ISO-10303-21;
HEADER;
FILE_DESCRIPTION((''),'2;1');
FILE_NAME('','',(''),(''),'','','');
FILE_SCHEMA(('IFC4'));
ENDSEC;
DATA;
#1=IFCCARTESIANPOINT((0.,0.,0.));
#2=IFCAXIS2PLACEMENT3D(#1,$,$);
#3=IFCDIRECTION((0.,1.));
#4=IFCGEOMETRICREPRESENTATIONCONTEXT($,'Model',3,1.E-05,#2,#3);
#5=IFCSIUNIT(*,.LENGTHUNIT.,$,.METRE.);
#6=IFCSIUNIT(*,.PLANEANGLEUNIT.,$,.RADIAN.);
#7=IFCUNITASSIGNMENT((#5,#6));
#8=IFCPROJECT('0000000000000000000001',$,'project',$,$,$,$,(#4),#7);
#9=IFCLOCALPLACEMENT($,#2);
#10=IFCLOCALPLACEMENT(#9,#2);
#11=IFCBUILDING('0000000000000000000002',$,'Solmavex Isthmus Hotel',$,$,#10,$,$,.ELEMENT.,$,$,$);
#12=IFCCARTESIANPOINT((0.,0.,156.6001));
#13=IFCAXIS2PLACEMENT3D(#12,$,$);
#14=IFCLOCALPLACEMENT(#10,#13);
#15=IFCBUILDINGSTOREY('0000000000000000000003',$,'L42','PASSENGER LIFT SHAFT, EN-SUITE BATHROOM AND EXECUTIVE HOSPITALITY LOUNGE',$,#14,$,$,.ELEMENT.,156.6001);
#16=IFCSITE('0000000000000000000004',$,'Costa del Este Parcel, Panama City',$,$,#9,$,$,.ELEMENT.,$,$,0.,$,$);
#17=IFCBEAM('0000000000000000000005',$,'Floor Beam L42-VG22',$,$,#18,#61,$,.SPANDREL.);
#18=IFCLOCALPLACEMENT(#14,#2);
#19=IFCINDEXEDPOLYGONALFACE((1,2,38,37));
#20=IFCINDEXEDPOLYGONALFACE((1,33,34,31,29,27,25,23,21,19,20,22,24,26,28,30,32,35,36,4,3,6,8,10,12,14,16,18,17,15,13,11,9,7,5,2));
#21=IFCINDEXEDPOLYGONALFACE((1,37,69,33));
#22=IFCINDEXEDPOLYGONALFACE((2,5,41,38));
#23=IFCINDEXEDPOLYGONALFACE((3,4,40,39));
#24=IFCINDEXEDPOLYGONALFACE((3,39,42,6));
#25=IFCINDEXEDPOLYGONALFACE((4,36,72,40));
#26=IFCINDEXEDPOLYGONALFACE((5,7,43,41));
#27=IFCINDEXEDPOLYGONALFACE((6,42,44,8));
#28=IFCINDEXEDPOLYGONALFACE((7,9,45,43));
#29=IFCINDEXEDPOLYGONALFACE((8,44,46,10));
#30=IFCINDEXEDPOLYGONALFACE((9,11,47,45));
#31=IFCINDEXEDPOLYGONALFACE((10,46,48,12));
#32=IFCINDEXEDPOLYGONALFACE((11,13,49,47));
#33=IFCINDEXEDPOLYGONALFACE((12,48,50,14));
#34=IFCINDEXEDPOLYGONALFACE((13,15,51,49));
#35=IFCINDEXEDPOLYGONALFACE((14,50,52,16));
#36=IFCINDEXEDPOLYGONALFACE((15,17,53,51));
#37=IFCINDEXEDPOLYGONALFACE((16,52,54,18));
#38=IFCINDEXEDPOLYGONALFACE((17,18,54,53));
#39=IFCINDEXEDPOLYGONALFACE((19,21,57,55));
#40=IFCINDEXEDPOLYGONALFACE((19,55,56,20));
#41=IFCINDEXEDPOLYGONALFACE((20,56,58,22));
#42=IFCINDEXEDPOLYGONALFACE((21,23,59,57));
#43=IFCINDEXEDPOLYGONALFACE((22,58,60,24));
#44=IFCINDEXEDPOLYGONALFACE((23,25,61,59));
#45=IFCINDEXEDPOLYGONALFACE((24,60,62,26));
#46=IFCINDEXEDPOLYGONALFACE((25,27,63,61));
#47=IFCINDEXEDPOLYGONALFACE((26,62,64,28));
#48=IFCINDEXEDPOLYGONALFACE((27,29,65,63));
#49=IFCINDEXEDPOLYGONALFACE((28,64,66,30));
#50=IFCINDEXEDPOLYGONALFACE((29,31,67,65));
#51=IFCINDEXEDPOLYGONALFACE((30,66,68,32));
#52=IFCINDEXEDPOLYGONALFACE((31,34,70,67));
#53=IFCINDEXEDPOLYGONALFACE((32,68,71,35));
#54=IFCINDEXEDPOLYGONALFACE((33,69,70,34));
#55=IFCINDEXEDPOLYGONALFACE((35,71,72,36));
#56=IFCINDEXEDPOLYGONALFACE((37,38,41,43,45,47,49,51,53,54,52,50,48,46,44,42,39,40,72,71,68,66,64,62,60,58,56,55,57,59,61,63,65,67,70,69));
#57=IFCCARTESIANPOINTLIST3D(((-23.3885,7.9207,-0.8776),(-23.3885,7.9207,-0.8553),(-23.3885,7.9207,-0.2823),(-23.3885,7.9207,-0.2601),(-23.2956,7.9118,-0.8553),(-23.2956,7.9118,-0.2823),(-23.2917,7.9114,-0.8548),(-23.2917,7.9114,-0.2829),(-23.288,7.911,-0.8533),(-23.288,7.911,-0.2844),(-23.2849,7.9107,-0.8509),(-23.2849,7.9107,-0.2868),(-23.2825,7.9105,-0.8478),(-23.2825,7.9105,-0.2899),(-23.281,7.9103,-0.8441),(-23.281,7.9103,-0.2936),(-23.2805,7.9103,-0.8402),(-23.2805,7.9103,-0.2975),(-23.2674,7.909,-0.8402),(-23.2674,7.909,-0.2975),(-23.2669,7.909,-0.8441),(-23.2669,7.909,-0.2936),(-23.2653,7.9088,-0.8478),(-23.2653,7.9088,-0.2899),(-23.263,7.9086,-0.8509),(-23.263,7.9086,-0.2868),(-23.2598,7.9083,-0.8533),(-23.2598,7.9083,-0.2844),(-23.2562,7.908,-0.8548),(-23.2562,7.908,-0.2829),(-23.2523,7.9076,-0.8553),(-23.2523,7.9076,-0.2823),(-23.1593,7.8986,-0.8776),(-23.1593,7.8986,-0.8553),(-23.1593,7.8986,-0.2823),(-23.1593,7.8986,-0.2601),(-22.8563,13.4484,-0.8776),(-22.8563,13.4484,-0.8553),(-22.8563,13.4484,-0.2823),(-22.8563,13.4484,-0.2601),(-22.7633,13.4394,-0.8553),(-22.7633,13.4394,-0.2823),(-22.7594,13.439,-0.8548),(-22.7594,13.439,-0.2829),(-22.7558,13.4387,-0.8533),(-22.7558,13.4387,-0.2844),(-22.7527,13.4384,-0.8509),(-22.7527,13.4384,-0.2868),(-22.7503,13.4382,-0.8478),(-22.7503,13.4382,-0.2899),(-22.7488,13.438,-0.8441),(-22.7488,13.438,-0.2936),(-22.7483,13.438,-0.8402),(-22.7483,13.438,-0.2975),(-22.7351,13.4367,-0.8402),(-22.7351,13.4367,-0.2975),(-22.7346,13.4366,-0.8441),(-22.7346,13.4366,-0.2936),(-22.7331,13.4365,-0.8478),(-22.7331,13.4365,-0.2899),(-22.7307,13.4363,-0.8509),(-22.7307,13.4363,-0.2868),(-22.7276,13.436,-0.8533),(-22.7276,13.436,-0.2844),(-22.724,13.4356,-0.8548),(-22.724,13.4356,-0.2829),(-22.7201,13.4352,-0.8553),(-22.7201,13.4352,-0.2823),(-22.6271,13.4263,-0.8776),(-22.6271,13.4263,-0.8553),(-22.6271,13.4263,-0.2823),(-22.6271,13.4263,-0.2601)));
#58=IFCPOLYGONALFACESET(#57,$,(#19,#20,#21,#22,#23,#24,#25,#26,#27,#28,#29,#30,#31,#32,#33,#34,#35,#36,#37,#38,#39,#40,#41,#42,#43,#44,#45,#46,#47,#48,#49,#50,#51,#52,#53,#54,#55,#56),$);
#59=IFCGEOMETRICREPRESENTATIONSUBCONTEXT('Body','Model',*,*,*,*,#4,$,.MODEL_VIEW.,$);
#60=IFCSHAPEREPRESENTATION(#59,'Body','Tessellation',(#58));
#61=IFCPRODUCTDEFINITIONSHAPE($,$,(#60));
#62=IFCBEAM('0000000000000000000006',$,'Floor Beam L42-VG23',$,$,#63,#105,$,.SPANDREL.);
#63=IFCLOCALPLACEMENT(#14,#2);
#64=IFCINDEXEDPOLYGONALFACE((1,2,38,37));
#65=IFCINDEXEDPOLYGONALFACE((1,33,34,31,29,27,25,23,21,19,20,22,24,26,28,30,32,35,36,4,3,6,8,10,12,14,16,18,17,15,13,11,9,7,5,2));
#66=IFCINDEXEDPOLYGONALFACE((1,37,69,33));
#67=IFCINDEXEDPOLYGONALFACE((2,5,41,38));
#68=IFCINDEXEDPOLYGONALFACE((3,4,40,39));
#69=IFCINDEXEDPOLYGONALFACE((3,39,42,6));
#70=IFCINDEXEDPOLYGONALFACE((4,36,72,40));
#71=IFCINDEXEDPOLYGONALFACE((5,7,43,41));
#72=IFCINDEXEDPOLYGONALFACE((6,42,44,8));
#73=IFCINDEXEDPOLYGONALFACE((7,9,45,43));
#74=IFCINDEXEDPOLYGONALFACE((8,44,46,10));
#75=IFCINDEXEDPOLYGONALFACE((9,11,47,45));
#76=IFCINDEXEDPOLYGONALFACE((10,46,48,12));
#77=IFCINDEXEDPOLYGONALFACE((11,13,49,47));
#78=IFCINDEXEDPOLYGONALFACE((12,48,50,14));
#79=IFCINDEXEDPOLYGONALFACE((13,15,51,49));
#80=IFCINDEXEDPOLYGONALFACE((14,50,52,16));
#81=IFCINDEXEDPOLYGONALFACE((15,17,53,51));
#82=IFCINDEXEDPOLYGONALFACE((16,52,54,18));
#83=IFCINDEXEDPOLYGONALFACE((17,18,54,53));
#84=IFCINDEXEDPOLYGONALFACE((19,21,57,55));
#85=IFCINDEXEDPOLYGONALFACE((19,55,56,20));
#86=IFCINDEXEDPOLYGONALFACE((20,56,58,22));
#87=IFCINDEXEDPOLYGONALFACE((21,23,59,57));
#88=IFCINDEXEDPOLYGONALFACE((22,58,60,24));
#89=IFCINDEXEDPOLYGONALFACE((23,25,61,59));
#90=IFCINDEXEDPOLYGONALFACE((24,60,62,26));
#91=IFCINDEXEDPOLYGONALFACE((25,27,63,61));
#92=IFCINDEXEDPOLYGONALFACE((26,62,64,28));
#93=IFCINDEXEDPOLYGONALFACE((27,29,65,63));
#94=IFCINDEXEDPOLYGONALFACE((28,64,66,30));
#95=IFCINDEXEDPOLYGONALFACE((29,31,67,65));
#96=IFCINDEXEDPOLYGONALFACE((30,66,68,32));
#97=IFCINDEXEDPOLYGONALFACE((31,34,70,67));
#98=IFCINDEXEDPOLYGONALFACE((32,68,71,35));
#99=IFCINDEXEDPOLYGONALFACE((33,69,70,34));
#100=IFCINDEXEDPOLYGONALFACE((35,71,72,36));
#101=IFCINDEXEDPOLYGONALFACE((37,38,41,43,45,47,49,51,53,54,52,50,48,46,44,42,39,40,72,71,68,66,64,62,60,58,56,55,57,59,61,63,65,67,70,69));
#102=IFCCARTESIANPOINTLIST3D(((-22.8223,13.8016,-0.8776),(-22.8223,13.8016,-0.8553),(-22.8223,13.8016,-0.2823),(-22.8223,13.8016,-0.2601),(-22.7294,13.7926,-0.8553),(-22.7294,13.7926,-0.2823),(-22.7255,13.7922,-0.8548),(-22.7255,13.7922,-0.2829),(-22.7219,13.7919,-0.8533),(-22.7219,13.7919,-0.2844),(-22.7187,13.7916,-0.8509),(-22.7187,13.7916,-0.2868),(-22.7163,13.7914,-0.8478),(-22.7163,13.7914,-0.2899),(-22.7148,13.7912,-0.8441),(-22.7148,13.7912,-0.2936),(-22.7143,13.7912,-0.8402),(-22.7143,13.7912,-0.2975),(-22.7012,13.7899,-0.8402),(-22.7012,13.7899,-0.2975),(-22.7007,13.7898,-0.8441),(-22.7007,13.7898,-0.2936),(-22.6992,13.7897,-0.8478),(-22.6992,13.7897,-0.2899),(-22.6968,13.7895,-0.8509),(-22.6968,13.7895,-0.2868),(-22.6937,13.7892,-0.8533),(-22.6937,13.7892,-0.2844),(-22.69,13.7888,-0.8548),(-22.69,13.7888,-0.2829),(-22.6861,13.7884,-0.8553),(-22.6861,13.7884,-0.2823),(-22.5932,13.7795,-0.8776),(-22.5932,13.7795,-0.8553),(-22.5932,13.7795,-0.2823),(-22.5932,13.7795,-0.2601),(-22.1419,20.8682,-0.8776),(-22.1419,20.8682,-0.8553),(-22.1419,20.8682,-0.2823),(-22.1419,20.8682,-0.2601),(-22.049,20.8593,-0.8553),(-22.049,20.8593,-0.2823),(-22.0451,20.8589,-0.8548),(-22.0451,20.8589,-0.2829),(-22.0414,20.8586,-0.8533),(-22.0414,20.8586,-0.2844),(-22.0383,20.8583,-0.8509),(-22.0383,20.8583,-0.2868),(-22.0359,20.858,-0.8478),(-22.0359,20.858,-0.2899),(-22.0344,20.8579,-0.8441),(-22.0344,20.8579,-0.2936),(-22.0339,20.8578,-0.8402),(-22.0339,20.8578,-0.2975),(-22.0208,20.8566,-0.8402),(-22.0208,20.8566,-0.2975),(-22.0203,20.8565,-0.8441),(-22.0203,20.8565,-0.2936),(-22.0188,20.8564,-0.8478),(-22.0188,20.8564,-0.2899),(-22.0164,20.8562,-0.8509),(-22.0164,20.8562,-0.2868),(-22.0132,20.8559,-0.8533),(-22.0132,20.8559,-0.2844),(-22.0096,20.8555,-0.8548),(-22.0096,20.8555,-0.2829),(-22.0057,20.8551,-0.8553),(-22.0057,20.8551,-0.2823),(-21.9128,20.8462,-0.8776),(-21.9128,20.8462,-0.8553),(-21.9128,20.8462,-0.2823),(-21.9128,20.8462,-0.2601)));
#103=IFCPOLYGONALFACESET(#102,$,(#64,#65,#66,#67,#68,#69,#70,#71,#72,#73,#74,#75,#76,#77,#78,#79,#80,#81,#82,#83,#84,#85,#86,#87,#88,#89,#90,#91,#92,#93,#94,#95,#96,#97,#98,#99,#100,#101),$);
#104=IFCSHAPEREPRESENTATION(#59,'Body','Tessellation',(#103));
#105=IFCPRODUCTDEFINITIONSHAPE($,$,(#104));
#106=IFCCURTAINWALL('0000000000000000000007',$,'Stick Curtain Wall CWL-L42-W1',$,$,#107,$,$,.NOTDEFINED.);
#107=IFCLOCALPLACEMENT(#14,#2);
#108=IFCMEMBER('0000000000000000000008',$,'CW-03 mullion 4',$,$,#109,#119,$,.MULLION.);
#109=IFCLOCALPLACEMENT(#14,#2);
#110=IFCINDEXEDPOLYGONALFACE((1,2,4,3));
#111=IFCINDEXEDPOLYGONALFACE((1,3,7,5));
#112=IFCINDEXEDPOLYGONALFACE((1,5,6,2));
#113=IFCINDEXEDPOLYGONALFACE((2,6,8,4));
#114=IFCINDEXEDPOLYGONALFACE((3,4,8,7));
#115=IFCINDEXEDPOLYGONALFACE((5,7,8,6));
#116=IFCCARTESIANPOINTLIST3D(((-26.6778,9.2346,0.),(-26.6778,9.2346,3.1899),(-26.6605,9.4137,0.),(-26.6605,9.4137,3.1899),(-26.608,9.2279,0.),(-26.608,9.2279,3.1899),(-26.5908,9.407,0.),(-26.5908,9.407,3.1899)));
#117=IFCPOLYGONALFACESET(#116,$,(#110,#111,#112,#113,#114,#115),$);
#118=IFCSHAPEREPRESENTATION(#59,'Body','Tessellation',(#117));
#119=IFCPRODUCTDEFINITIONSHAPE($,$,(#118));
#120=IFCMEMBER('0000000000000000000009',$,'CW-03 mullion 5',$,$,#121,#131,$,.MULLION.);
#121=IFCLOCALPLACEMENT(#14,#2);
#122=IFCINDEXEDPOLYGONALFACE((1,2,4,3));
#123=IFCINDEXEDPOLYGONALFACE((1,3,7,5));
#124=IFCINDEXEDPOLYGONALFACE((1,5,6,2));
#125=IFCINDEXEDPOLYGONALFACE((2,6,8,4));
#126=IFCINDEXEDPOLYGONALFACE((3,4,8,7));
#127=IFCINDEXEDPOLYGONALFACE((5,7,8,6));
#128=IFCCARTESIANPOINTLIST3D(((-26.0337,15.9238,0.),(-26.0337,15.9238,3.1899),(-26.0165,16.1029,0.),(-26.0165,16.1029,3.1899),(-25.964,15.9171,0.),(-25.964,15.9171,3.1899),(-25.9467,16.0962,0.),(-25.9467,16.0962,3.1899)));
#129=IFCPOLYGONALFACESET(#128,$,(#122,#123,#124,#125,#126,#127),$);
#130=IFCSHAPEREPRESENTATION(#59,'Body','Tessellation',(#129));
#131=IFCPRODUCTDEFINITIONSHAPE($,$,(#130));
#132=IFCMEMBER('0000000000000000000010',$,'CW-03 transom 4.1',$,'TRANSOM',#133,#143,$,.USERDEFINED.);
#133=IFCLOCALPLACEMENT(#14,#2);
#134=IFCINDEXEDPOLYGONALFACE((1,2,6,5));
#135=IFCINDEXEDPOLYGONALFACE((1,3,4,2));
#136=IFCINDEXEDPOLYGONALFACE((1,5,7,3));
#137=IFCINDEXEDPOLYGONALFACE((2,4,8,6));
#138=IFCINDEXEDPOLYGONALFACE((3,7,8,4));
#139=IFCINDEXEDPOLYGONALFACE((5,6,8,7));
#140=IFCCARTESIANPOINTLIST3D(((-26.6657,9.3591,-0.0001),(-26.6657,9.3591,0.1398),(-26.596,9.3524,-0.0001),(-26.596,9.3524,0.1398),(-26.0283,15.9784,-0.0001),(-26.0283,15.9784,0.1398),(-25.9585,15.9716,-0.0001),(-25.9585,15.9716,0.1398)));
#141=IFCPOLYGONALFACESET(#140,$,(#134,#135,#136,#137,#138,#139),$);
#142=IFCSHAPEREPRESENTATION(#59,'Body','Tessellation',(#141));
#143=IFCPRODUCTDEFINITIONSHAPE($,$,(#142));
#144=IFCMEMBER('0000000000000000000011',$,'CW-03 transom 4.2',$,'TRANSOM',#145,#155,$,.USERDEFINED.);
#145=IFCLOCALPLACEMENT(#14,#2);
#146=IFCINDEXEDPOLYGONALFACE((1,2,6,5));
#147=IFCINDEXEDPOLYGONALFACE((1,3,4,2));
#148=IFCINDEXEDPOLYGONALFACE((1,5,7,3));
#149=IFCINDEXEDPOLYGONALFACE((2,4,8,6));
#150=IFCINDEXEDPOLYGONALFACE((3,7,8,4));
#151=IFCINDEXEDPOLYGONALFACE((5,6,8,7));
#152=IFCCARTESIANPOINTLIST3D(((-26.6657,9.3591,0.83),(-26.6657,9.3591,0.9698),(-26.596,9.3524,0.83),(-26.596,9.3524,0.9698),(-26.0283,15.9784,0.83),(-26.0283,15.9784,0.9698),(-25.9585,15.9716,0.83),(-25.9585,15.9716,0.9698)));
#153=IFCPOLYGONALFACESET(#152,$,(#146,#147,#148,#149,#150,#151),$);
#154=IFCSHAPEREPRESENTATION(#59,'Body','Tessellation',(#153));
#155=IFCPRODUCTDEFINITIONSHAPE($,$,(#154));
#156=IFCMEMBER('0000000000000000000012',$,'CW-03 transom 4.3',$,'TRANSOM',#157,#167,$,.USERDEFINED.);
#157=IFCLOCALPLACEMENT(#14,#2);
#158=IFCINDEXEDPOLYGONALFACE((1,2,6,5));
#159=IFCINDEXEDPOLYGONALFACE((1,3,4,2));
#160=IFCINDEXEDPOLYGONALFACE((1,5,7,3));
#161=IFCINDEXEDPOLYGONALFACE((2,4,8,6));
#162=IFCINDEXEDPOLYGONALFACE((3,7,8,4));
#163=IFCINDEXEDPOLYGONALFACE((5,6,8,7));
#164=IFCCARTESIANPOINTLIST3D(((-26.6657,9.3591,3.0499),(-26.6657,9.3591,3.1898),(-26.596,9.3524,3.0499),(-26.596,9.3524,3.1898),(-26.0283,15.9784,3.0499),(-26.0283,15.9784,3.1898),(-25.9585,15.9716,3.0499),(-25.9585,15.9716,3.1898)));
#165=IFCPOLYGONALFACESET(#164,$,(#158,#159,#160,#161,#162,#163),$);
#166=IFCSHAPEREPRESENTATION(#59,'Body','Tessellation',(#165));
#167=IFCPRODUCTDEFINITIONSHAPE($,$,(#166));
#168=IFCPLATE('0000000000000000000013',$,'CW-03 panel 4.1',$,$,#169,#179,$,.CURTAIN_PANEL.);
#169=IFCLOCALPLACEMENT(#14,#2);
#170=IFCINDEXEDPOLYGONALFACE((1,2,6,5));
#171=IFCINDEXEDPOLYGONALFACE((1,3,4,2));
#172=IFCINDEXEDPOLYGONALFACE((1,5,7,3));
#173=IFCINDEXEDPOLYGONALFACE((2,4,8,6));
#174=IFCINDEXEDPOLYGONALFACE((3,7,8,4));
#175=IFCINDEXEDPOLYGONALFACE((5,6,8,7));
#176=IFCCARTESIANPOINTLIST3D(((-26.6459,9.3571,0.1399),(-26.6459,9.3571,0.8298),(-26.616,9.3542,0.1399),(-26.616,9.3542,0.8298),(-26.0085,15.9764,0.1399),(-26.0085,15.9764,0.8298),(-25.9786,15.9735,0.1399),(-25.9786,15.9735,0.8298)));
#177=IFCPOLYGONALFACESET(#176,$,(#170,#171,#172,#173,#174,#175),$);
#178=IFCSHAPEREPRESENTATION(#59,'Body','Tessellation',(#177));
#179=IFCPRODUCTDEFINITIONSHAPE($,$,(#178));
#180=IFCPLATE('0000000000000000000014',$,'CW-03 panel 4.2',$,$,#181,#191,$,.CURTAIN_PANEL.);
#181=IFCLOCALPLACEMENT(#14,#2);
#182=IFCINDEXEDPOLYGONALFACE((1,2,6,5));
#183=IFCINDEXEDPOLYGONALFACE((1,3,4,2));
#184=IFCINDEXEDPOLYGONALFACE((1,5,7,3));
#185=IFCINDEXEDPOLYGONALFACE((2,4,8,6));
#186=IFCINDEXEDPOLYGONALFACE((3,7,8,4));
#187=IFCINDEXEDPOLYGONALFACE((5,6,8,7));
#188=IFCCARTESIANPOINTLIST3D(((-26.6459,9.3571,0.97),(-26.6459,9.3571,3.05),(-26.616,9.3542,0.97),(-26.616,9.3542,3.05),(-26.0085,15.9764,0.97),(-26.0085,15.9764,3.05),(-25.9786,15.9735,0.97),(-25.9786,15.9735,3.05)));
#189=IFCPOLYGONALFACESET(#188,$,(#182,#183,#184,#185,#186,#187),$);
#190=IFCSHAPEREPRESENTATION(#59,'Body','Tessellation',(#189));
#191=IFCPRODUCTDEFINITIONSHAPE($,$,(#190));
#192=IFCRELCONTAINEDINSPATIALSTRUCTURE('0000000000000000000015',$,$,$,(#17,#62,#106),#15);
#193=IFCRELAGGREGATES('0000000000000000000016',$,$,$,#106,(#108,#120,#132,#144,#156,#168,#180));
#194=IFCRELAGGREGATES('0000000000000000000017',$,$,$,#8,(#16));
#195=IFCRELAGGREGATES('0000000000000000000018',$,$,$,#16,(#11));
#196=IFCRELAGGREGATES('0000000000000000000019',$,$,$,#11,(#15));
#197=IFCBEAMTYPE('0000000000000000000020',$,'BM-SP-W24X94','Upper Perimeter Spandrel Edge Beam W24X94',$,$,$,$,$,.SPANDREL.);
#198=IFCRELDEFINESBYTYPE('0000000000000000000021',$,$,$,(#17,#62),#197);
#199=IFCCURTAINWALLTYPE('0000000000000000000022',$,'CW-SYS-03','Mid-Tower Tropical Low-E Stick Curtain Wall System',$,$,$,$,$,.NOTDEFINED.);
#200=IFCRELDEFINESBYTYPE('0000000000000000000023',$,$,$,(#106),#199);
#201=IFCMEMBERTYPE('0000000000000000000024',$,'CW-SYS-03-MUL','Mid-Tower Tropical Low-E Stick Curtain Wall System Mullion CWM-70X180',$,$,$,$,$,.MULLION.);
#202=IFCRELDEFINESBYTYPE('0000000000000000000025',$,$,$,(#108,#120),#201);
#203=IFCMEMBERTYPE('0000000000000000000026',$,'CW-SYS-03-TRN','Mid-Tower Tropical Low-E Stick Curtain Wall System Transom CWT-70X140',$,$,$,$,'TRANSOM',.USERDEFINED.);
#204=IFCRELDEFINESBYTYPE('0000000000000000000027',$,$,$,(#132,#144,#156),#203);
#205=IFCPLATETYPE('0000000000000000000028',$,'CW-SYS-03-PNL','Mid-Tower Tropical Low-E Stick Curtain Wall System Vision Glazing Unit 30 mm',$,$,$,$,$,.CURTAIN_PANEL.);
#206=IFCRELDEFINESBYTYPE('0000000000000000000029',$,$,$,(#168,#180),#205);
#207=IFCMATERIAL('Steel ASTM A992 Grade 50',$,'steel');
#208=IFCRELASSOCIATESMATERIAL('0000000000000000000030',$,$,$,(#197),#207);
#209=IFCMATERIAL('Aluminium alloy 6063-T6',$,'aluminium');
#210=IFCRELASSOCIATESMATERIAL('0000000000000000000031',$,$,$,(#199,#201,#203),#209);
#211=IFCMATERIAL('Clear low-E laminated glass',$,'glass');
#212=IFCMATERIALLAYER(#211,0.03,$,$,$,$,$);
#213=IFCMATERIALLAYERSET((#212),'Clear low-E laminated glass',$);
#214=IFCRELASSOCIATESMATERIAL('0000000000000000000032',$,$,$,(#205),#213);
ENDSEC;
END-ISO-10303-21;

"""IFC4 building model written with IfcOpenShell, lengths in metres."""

from ifc_helpers import new_model, si_unit, direction, frame, origin, origin_2d, place, context, subcontext, project, spatial, rectangle, i_section, extrude, material, layer, layer_set, material_profile, profile_set, type_object, element, aggregate, save


model = new_model("IFC4")

# Units and contexts
model_context = context("Model", 3, precision=1e-05, world=origin(), true_north=direction((0.0, 1.0)))
body_context = subcontext(model_context, "Body", "Model", "MODEL_VIEW")
ifc_project = project(units=[si_unit("LENGTHUNIT", "METRE"), si_unit("PLANEANGLEUNIT", "RADIAN")], contexts=[model_context])

# Site, building, storey
site_placement = place(None, origin())
site = spatial("IfcSite", under=ifc_project, at=site_placement, Name="Costa del Este Parcel, Panama City", CompositionType="ELEMENT", RefElevation=0.0)
building_placement = place(site_placement, origin())
building = spatial("IfcBuilding", under=site, at=building_placement, Name="Solmavex Isthmus Hotel", CompositionType="ELEMENT")
storey_placement = place(building_placement, frame((0.0, 0.0, 156.6001)))
storey = spatial("IfcBuildingStorey", under=building, at=storey_placement, Name="L42", Description="PASSENGER LIFT SHAFT, EN-SUITE BATHROOM AND EXECUTIVE HOSPITALITY LOUNGE", CompositionType="ELEMENT", Elevation=156.6001)

# Beams
ifc_material_1 = material(Name="Steel ASTM A992 Grade 50", Category="steel")
ifc_material_profile_1 = material_profile(ifc_material_1, i_section(OverallWidth=0.2302, OverallDepth=0.6174, WebThickness=0.0132, FlangeThickness=0.0222, FilletRadius=0.0151, at=origin_2d()), Name="W24X94")
ifc_profile_set_1 = profile_set([ifc_material_profile_1], Name="Steel ASTM A992 Grade 50")
beam_type_1 = type_object("IfcBeamType", Name="BM-SP-W24X94", Description="Upper Perimeter Spandrel Edge Beam W24X94", PredefinedType="SPANDREL", material=ifc_profile_set_1)
beam_1_placement = place(storey_placement, frame((-23.2739, 7.9097, -0.5688), z_axis=(0.095842, 0.995397, 0.0), x_axis=(-0.995397, 0.095842, 0.0)))
element("IfcBeam", 1, at=beam_1_placement, inside=storey, type_object=beam_type_1, Name="Floor Beam L42-VG22", PredefinedType="SPANDREL", context=body_context, shape_type="SweptSolid", body=[
    extrude(i_section(OverallWidth=0.2302, OverallDepth=0.6174, WebThickness=0.0132, FlangeThickness=0.0222, FilletRadius=0.0151, at=origin_2d()), origin(), (0.0, 0.0, 1.0), 5.5532),
])
beam_2_placement = place(storey_placement, frame((-22.7078, 13.7905, -0.5688), z_axis=(0.095843, 0.995396, 0.0), x_axis=(-0.995396, 0.095843, 0.0)))
element("IfcBeam", 2, at=beam_2_placement, inside=storey, type_object=beam_type_1, Name="Floor Beam L42-VG23", PredefinedType="SPANDREL", context=body_context, shape_type="SweptSolid", body=[
    extrude(i_section(OverallWidth=0.2302, OverallDepth=0.6174, WebThickness=0.0132, FlangeThickness=0.0222, FilletRadius=0.0151, at=origin_2d()), origin(), (0.0, 0.0, 1.0), 7.0994),
])

# Curtain wall, members, plates
ifc_material_2 = material(Name="Aluminium alloy 6063-T6", Category="aluminium")
curtain_wall_type = type_object("IfcCurtainWallType", Name="CW-SYS-03", Description="Mid-Tower Tropical Low-E Stick Curtain Wall System", PredefinedType="NOTDEFINED", material=ifc_material_2)
curtain_wall_placement = place(storey_placement, origin())
curtain_wall = element("IfcCurtainWall", 3, at=curtain_wall_placement, inside=storey, type_object=curtain_wall_type, Name="Stick Curtain Wall CWL-L42-W1", PredefinedType="NOTDEFINED")
ifc_material_profile_2 = material_profile(ifc_material_2, rectangle(XDim=0.0701, YDim=0.1799, at=origin_2d()), Name="CWM-70X180")
ifc_profile_set_2 = profile_set([ifc_material_profile_2], Name="Aluminium alloy 6063-T6")
member_type_1 = type_object("IfcMemberType", Name="CW-SYS-03-MUL", Description="Mid-Tower Tropical Low-E Stick Curtain Wall System Mullion CWM-70X180", PredefinedType="MULLION", material=ifc_profile_set_2)
member_1_placement = place(storey_placement, frame((-26.6343, 9.3208, 0.0), z_axis=(0.0, 0.0, 1.0), x_axis=(-0.995396, 0.095846, 0.0)))
member_1 = element("IfcMember", 4, at=member_1_placement, type_object=member_type_1, Name="CW-03 mullion 4", PredefinedType="MULLION", context=body_context, shape_type="SweptSolid", body=[
    extrude(rectangle(XDim=0.0701, YDim=0.1799, at=origin_2d()), origin(), (0.0, 0.0, 1.0), 3.1899),
])
member_2_placement = place(storey_placement, frame((-25.9902, 16.01, 0.0), z_axis=(0.0, 0.0, 1.0), x_axis=(-0.995396, 0.095846, 0.0)))
member_2 = element("IfcMember", 5, at=member_2_placement, type_object=member_type_1, Name="CW-03 mullion 5", PredefinedType="MULLION", context=body_context, shape_type="SweptSolid", body=[
    extrude(rectangle(XDim=0.0701, YDim=0.1799, at=origin_2d()), origin(), (0.0, 0.0, 1.0), 3.1899),
])
ifc_material_profile_3 = material_profile(ifc_material_2, rectangle(XDim=0.0701, YDim=0.1399, at=origin_2d()), Name="CWT-70X140")
ifc_profile_set_3 = profile_set([ifc_material_profile_3], Name="Aluminium alloy 6063-T6")
member_type_2 = type_object("IfcMemberType", Name="CW-SYS-03-TRN", Description="Mid-Tower Tropical Low-E Stick Curtain Wall System Transom CWT-70X140", ElementType="TRANSOM", PredefinedType="USERDEFINED", material=ifc_profile_set_3)
member_3_placement = place(storey_placement, frame((-26.6309, 9.3557, 0.0698), z_axis=(0.095857, 0.995395, 0.0), x_axis=(-0.995395, 0.095857, 0.0)))
member_3 = element("IfcMember", 6, at=member_3_placement, type_object=member_type_2, Name="CW-03 transom 4.1", ObjectType="TRANSOM", PredefinedType="USERDEFINED", context=body_context, shape_type="SweptSolid", body=[
    extrude(rectangle(XDim=0.0701, YDim=0.1399, at=origin_2d()), origin(), (0.0, 0.0, 1.0), 6.6499),
])
member_4_placement = place(storey_placement, frame((-26.6309, 9.3557, 0.8999), z_axis=(0.095857, 0.995395, 0.0), x_axis=(-0.995395, 0.095857, 0.0)))
member_4 = element("IfcMember", 7, at=member_4_placement, type_object=member_type_2, Name="CW-03 transom 4.2", ObjectType="TRANSOM", PredefinedType="USERDEFINED", context=body_context, shape_type="SweptSolid", body=[
    extrude(rectangle(XDim=0.0701, YDim=0.1399, at=origin_2d()), origin(), (0.0, 0.0, 1.0), 6.6499),
])
member_5_placement = place(storey_placement, frame((-26.6309, 9.3557, 3.1199), z_axis=(0.095857, 0.995395, 0.0), x_axis=(-0.995395, 0.095857, 0.0)))
member_5 = element("IfcMember", 8, at=member_5_placement, type_object=member_type_2, Name="CW-03 transom 4.3", ObjectType="TRANSOM", PredefinedType="USERDEFINED", context=body_context, shape_type="SweptSolid", body=[
    extrude(rectangle(XDim=0.0701, YDim=0.1399, at=origin_2d()), origin(), (0.0, 0.0, 1.0), 6.6499),
])
ifc_material_3 = material(Name="Clear low-E laminated glass", Category="glass")
ifc_layer_1 = layer(ifc_material_3, 0.03)
ifc_layer_set_1 = layer_set([ifc_layer_1], Name="Clear low-E laminated glass")
plate_type = type_object("IfcPlateType", Name="CW-SYS-03-PNL", Description="Mid-Tower Tropical Low-E Stick Curtain Wall System Vision Glazing Unit 30 mm", PredefinedType="CURTAIN_PANEL", material=ifc_layer_set_1)
plate_1_placement = place(storey_placement, frame((-26.3123, 12.6653, 0.1399), z_axis=(0.0, 0.0, 1.0), x_axis=(0.095846, 0.995396, 0.0)))
plate_1 = element("IfcPlate", 9, at=plate_1_placement, type_object=plate_type, Name="CW-03 panel 4.1", PredefinedType="CURTAIN_PANEL", context=body_context, shape_type="SweptSolid", body=[
    extrude(rectangle(XDim=6.6499, YDim=0.03, at=origin_2d()), origin(), (0.0, 0.0, 1.0), 0.6899),
])
plate_2_placement = place(storey_placement, frame((-26.3123, 12.6653, 0.97), z_axis=(0.0, 0.0, 1.0), x_axis=(0.095846, 0.995396, 0.0)))
plate_2 = element("IfcPlate", 10, at=plate_2_placement, type_object=plate_type, Name="CW-03 panel 4.2", PredefinedType="CURTAIN_PANEL", context=body_context, shape_type="SweptSolid", body=[
    extrude(rectangle(XDim=6.6499, YDim=0.03, at=origin_2d()), origin(), (0.0, 0.0, 1.0), 2.0801),
])
aggregate(curtain_wall, [member_1, member_2, member_3, member_4, member_5, plate_1, plate_2])

save(model, "model.ifc")
